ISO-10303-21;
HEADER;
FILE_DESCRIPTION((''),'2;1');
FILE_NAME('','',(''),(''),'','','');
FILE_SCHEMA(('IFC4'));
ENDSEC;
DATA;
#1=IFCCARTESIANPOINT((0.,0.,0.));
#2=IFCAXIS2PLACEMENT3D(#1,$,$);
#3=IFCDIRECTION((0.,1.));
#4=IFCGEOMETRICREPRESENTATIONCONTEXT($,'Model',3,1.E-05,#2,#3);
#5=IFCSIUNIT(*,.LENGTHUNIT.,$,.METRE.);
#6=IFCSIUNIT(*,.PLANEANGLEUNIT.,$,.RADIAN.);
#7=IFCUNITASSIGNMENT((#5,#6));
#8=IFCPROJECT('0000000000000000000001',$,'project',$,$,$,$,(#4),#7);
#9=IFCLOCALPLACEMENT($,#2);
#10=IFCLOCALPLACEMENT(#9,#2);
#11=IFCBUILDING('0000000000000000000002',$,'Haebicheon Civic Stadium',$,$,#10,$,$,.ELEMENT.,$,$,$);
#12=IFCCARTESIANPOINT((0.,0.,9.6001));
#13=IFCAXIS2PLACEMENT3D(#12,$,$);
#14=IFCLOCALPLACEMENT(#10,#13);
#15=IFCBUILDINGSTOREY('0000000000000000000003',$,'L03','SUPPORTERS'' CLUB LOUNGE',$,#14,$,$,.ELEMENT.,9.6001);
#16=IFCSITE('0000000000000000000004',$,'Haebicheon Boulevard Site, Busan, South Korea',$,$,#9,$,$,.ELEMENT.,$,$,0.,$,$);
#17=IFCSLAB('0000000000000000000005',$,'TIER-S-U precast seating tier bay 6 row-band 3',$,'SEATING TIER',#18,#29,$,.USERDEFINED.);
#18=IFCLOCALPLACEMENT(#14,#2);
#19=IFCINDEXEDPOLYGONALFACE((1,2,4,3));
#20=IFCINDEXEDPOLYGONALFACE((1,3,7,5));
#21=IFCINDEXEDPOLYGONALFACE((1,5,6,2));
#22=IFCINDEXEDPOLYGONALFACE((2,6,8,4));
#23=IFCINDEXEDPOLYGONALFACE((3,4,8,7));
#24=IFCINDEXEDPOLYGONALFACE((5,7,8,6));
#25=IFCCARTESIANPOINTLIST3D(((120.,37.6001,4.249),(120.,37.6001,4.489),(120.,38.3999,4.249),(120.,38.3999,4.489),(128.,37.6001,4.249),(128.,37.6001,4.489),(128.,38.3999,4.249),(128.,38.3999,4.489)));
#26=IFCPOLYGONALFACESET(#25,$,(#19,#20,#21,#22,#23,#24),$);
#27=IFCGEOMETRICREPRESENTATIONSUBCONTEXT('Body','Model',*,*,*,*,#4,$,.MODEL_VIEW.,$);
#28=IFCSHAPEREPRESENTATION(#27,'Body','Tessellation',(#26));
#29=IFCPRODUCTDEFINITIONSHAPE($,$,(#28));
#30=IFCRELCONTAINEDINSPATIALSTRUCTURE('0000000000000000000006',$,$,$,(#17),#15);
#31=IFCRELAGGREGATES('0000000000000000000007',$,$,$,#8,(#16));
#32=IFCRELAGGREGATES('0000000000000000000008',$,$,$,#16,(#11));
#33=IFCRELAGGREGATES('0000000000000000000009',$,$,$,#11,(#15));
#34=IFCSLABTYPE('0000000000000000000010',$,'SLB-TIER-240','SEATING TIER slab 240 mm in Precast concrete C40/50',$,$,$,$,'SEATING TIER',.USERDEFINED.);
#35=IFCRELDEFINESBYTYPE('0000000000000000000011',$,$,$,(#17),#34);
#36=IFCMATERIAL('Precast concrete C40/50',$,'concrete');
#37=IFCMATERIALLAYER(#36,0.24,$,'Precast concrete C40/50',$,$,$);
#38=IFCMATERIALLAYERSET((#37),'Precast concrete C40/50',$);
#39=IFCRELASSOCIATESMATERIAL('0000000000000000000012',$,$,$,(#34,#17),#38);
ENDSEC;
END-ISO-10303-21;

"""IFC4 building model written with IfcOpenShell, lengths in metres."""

from ifc_helpers import new_model, si_unit, direction, frame, origin, place, context, subcontext, project, spatial, polyline, outline, extrude, material, layer, layer_set, type_object, element, save


model = new_model("IFC4")

# Units and contexts
model_context = context("Model", 3, precision=1e-05, world=origin(), true_north=direction((0.0, 1.0)))
body_context = subcontext(model_context, "Body", "Model", "MODEL_VIEW")
ifc_project = project(units=[si_unit("LENGTHUNIT", "METRE"), si_unit("PLANEANGLEUNIT", "RADIAN")], contexts=[model_context])

# Site, building, storey
site_placement = place(None, origin())
site = spatial("IfcSite", under=ifc_project, at=site_placement, Name="Haebicheon Boulevard Site, Busan, South Korea", CompositionType="ELEMENT", RefElevation=0.0)
building_placement = place(site_placement, origin())
building = spatial("IfcBuilding", under=site, at=building_placement, Name="Haebicheon Civic Stadium", CompositionType="ELEMENT")
storey_placement = place(building_placement, frame((0.0, 0.0, 9.6001)))
storey = spatial("IfcBuildingStorey", under=building, at=storey_placement, Name="L03", Description="SUPPORTERS' CLUB LOUNGE", CompositionType="ELEMENT", Elevation=9.6001)

# Slab
ifc_material = material(Name="Precast concrete C40/50", Category="concrete")
ifc_layer = layer(ifc_material, 0.24, Name="Precast concrete C40/50")
ifc_layer_set = layer_set([ifc_layer], Name="Precast concrete C40/50")
slab_type = type_object("IfcSlabType", Name="SLB-TIER-240", Description="SEATING TIER slab 240 mm in Precast concrete C40/50", ElementType="SEATING TIER", PredefinedType="USERDEFINED", material=ifc_layer_set)
slab_1_placement = place(storey_placement, frame((0.0, 0.0, 4.249)))
element("IfcSlab", 1, at=slab_1_placement, inside=storey, type_object=slab_type, material=ifc_layer_set, Name="TIER-S-U precast seating tier bay 6 row-band 3", ObjectType="SEATING TIER", PredefinedType="USERDEFINED", context=body_context, shape_type="SweptSolid", body=[
    extrude(outline(polyline([(120.0, 37.6001), (128.0, 37.6001), (128.0, 38.3999), (120.0, 38.3999), (120.0, 37.6001)])), origin(), (0.0, 0.0, 1.0), 0.24),
])

save(model, "model.ifc")
